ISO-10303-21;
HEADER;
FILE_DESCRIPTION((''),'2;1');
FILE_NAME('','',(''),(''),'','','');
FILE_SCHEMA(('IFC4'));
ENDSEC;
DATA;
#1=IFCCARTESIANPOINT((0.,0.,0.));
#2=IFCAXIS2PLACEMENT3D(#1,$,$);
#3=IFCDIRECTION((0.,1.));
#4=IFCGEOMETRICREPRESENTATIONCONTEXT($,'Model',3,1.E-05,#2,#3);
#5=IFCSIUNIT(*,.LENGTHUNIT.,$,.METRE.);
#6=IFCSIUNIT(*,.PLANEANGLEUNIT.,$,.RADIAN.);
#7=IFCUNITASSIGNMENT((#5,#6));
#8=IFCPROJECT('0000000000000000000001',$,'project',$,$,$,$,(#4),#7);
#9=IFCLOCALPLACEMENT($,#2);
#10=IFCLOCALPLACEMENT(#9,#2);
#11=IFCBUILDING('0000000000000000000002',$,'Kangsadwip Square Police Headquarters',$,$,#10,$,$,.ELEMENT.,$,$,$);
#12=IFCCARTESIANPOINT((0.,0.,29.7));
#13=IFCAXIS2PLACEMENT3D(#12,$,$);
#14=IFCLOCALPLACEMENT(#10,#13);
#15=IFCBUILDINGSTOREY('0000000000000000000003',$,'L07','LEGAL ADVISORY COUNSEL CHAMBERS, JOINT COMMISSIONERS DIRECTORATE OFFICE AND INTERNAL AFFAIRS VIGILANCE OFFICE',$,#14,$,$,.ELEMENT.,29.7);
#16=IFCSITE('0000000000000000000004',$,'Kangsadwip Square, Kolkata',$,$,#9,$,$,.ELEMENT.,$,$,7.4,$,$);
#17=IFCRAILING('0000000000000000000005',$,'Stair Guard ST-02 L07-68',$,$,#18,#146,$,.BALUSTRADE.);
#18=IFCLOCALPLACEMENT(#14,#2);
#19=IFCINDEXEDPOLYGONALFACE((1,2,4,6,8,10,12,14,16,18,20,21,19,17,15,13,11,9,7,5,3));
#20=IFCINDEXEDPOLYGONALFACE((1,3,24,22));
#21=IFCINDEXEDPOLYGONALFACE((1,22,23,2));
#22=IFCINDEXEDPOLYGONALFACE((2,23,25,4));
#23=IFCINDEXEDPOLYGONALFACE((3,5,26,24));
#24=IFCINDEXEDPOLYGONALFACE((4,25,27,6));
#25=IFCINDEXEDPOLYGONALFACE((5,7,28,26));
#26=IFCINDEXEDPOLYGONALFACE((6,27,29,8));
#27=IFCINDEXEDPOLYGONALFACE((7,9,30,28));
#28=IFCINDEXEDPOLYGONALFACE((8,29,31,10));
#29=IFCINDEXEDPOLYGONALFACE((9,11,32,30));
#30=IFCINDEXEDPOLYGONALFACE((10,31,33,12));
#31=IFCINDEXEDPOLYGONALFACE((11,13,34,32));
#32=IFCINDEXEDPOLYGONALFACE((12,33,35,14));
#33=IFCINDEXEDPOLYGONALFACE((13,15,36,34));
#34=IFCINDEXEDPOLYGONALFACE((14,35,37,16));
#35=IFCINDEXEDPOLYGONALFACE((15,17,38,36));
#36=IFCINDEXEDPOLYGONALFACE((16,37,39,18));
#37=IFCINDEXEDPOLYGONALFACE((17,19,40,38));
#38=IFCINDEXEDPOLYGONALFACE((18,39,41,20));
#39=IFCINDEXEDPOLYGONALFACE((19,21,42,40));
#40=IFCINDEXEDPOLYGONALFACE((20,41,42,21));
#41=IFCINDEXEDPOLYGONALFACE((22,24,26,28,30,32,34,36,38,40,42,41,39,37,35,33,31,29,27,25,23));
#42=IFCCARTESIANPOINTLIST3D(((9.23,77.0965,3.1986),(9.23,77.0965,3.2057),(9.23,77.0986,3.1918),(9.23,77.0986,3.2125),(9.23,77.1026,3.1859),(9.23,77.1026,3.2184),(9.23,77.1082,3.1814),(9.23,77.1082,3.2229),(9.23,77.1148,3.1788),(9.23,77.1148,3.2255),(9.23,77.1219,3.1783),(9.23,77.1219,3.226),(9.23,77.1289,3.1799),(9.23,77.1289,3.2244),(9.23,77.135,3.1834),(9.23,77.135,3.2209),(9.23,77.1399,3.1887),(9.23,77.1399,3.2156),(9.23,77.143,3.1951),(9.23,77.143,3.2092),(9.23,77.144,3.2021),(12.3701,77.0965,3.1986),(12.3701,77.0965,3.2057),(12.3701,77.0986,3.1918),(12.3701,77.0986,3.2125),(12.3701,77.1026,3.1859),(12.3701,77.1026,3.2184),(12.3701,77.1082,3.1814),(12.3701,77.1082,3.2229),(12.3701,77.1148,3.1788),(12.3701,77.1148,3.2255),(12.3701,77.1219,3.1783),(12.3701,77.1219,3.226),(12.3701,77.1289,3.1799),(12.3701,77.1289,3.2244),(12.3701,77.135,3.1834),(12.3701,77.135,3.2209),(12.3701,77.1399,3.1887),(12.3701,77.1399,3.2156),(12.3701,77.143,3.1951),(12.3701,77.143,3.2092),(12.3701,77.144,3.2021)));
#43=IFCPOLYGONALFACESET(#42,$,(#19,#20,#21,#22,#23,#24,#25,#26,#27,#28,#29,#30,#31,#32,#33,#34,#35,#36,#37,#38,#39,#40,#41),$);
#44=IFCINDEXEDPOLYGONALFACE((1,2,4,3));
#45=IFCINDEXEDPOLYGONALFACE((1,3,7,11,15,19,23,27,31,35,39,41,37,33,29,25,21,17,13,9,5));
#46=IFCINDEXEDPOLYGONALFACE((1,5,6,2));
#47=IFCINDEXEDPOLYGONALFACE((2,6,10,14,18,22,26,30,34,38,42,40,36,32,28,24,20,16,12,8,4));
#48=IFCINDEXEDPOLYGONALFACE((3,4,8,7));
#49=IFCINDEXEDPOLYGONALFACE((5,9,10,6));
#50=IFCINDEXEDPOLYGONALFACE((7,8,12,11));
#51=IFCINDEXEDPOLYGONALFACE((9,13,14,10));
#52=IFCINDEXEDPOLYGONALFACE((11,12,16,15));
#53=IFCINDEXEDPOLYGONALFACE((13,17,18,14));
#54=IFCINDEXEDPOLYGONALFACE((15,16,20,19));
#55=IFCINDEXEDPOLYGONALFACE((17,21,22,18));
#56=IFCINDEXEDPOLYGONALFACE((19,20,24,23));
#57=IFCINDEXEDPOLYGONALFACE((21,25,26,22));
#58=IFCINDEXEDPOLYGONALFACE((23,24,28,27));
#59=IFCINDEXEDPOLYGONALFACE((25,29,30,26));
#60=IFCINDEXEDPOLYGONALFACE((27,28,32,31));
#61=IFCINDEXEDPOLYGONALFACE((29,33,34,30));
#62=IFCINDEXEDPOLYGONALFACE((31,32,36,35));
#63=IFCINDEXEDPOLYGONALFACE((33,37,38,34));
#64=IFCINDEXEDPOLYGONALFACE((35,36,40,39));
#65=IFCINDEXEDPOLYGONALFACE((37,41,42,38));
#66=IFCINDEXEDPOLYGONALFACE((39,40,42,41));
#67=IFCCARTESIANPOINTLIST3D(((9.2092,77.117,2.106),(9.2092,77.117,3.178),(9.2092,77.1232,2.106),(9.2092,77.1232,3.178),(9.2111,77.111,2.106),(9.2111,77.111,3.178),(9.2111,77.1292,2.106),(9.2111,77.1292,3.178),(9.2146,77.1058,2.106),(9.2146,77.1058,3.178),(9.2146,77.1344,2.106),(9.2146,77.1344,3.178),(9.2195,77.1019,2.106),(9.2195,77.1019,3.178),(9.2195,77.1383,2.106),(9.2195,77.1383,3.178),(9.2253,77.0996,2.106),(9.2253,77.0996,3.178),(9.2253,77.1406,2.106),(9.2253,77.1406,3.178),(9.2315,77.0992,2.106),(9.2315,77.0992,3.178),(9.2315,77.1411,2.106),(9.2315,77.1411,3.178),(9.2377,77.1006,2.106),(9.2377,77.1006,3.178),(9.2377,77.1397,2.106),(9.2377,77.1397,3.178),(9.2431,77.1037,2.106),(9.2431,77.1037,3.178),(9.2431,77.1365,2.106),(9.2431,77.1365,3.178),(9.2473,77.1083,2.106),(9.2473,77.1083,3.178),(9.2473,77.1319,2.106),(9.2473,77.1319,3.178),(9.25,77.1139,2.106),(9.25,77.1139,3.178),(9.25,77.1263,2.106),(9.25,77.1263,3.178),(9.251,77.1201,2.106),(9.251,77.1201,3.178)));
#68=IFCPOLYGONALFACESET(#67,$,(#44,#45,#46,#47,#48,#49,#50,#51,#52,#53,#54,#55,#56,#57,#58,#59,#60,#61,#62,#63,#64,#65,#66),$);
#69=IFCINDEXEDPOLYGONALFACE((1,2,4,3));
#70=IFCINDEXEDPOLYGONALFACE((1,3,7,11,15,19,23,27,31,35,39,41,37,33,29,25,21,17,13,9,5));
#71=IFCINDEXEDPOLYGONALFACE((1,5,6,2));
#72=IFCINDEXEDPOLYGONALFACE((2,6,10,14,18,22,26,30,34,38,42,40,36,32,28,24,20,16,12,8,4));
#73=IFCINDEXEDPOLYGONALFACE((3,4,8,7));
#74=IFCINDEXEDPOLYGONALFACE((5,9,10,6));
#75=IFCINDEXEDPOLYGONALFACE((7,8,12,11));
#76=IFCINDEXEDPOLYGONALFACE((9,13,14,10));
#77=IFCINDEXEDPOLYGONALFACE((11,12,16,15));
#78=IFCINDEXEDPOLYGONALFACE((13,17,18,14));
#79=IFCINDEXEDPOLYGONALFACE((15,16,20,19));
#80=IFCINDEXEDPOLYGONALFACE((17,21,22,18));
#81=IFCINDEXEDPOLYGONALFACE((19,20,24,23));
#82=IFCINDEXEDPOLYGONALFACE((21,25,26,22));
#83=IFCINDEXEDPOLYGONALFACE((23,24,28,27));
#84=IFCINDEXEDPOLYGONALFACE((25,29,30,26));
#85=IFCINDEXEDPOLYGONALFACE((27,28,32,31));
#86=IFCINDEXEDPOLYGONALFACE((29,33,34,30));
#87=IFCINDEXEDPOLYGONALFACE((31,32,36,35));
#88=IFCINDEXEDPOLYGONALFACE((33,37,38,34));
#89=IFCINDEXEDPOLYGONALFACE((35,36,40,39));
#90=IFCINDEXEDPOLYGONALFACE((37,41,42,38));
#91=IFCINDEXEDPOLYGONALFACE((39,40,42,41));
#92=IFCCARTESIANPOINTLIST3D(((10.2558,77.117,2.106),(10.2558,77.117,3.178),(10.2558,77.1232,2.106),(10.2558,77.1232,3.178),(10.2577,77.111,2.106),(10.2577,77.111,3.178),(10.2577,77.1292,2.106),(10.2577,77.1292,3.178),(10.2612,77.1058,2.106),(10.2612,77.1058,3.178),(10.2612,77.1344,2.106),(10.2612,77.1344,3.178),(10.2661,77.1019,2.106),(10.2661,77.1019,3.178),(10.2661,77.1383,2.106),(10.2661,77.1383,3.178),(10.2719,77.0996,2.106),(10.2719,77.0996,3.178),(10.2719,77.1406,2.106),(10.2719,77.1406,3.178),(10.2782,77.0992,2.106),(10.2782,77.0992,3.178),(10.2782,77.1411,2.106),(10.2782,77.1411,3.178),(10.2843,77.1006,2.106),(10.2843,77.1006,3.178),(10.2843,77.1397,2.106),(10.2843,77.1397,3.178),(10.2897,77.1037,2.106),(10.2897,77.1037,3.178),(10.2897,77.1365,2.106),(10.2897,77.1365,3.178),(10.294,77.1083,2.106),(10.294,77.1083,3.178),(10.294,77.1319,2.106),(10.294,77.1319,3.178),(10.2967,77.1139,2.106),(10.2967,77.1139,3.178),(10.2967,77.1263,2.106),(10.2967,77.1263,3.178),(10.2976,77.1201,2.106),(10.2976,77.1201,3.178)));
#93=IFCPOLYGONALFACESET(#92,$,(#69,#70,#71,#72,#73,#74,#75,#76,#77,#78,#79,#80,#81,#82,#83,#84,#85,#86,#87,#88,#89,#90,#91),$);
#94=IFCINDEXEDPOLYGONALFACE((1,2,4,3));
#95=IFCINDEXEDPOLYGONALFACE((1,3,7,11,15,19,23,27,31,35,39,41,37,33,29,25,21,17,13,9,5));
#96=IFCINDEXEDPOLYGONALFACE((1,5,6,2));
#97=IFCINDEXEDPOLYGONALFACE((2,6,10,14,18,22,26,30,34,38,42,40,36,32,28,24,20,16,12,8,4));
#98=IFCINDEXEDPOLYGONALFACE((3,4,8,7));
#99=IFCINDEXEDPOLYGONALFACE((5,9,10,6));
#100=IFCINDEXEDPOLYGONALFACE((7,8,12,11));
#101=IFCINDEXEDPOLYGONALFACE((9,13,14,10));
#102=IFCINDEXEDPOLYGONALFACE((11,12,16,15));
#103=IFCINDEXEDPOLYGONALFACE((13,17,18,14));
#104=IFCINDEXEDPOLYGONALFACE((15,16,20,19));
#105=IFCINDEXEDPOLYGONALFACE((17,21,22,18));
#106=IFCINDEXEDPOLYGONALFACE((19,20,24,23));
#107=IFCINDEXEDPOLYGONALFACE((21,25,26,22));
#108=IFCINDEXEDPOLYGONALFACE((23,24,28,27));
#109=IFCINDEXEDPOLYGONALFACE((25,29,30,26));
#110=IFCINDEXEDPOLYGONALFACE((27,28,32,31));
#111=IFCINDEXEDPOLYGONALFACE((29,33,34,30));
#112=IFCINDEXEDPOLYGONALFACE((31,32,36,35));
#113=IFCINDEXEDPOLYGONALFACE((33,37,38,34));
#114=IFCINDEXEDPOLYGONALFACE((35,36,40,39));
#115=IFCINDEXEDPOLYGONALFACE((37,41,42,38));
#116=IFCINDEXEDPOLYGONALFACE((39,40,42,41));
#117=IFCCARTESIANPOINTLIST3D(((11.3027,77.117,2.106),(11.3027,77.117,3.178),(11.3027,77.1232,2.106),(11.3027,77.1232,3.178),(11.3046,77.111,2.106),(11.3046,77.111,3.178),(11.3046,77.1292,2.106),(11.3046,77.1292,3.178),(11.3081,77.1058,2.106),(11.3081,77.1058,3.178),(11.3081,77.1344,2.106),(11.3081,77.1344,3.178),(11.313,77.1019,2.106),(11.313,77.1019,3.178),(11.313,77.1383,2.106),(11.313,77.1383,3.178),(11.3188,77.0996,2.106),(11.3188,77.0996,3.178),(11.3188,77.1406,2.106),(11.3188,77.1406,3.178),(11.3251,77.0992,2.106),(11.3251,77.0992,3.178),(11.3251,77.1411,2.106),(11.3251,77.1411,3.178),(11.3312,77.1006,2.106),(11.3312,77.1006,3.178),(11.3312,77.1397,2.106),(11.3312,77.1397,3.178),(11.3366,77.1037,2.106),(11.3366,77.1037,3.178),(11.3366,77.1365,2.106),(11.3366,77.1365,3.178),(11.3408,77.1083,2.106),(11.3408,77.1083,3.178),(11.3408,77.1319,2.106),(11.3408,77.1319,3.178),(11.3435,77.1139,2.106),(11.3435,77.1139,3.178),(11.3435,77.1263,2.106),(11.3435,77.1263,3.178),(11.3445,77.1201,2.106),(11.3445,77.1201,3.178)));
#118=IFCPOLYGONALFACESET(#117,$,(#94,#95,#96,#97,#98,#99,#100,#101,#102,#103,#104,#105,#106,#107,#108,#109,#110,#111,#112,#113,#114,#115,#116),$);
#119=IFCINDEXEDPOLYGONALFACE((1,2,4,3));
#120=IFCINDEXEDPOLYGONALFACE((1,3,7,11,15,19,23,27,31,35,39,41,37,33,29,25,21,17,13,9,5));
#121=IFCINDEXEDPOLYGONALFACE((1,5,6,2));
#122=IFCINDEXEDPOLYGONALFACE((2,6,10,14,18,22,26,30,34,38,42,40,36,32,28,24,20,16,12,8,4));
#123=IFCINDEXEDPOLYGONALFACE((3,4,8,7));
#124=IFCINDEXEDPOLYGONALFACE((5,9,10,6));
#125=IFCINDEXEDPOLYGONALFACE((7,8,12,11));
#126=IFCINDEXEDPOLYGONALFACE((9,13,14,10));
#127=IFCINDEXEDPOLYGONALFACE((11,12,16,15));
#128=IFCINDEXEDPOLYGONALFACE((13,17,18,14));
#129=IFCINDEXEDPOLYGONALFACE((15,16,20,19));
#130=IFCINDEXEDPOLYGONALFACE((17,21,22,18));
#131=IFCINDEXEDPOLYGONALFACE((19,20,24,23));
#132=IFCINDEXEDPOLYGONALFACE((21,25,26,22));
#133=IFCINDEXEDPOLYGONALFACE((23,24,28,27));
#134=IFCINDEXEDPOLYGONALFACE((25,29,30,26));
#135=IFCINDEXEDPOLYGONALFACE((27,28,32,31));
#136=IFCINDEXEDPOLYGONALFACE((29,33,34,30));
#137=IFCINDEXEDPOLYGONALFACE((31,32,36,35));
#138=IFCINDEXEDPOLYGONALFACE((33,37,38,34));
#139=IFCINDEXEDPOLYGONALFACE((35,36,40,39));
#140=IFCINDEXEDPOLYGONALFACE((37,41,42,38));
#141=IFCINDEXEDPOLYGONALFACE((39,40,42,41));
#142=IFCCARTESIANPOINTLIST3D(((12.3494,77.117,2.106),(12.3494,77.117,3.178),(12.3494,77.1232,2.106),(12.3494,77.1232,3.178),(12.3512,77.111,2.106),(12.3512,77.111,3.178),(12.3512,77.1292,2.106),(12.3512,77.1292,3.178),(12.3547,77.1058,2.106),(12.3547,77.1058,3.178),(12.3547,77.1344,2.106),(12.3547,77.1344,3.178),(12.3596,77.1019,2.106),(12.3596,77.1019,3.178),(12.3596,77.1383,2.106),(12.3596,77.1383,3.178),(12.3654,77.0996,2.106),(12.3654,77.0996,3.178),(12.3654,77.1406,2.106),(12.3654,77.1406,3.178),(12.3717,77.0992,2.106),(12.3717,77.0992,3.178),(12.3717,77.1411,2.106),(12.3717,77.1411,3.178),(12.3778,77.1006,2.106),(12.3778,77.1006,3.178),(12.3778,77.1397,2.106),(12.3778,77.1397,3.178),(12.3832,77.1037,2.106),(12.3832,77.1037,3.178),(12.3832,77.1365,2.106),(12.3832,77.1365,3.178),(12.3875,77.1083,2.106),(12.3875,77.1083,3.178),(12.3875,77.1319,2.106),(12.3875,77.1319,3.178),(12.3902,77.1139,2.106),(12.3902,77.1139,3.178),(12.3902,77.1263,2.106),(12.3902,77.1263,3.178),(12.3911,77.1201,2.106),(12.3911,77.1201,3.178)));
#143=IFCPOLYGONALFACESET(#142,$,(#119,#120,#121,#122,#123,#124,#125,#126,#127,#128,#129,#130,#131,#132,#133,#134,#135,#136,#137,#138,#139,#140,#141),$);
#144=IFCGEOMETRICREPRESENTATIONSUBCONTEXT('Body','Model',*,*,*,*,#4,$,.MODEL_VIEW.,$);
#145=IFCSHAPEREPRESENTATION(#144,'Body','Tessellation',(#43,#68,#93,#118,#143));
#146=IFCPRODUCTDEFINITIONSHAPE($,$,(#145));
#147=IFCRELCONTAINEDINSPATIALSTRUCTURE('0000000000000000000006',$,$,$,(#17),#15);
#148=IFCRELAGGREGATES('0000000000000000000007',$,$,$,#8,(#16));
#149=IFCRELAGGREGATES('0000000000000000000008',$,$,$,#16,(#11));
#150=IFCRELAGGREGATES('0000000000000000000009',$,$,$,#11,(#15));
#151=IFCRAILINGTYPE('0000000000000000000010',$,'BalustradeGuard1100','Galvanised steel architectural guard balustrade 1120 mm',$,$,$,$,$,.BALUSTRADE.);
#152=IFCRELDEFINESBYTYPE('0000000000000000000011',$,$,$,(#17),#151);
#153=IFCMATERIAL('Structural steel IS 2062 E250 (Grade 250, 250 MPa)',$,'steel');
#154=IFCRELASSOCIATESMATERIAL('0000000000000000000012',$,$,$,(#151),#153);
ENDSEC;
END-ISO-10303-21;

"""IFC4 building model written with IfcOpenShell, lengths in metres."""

from ifc_helpers import new_model, si_unit, direction, frame, origin, origin_2d, place, context, subcontext, project, spatial, circle, extrude, material, type_object, element, save


model = new_model("IFC4")

# Units and contexts
model_context = context("Model", 3, precision=1e-05, world=origin(), true_north=direction((0.0, 1.0)))
body_context = subcontext(model_context, "Body", "Model", "MODEL_VIEW")
ifc_project = project(units=[si_unit("LENGTHUNIT", "METRE"), si_unit("PLANEANGLEUNIT", "RADIAN")], contexts=[model_context])

# Site, building, storey
site_placement = place(None, origin())
site = spatial("IfcSite", under=ifc_project, at=site_placement, Name="Kangsadwip Square, Kolkata", CompositionType="ELEMENT", RefElevation=7.4)
building_placement = place(site_placement, origin())
building = spatial("IfcBuilding", under=site, at=building_placement, Name="Kangsadwip Square Police Headquarters", CompositionType="ELEMENT")
storey_placement = place(building_placement, frame((0.0, 0.0, 29.7)))
storey = spatial("IfcBuildingStorey", under=building, at=storey_placement, Name="L07", Description="LEGAL ADVISORY COUNSEL CHAMBERS, JOINT COMMISSIONERS DIRECTORATE OFFICE AND INTERNAL AFFAIRS VIGILANCE OFFICE", CompositionType="ELEMENT", Elevation=29.7)

# Railing
ifc_material_1 = material(Name="Structural steel IS 2062 E250 (Grade 250, 250 MPa)", Category="steel")
railing_type_1 = type_object("IfcRailingType", Name="BalustradeGuard1100", Description="Galvanised steel architectural guard balustrade 1120 mm", PredefinedType="BALUSTRADE", material=ifc_material_1)
for number, where, name in (
    (1, (9.23, 77.1201, 2.106), "Stair Guard ST-02 L07-68"),
):
    element("IfcRailing", number, at=place(storey_placement, frame(where)), inside=storey, type_object=railing_type_1, Name=name, PredefinedType="BALUSTRADE", context=body_context, shape_type="SweptSolid", body=[
        extrude(circle(Radius=0.0239, at=origin_2d()), frame((0.0, 0.0, 1.0962), z_axis=(1.0, 0.0, 0.0), x_axis=(0.0, 1.0, 0.0)), (0.0, 0.0, 1.0), 3.1401),
        extrude(circle(Radius=0.021, at=origin_2d()), origin(), (0.0, 0.0, 1.0), 1.072),
        extrude(circle(Radius=0.021, at=origin_2d()), frame((1.0466, 0.0, 0.0)), (0.0, 0.0, 1.0), 1.072),
        extrude(circle(Radius=0.021, at=origin_2d()), frame((2.0935, 0.0, 0.0)), (0.0, 0.0, 1.0), 1.072),
        extrude(circle(Radius=0.021, at=origin_2d()), frame((3.1401, 0.0, 0.0)), (0.0, 0.0, 1.0), 1.072),
    ])

save(model, "model.ifc")
